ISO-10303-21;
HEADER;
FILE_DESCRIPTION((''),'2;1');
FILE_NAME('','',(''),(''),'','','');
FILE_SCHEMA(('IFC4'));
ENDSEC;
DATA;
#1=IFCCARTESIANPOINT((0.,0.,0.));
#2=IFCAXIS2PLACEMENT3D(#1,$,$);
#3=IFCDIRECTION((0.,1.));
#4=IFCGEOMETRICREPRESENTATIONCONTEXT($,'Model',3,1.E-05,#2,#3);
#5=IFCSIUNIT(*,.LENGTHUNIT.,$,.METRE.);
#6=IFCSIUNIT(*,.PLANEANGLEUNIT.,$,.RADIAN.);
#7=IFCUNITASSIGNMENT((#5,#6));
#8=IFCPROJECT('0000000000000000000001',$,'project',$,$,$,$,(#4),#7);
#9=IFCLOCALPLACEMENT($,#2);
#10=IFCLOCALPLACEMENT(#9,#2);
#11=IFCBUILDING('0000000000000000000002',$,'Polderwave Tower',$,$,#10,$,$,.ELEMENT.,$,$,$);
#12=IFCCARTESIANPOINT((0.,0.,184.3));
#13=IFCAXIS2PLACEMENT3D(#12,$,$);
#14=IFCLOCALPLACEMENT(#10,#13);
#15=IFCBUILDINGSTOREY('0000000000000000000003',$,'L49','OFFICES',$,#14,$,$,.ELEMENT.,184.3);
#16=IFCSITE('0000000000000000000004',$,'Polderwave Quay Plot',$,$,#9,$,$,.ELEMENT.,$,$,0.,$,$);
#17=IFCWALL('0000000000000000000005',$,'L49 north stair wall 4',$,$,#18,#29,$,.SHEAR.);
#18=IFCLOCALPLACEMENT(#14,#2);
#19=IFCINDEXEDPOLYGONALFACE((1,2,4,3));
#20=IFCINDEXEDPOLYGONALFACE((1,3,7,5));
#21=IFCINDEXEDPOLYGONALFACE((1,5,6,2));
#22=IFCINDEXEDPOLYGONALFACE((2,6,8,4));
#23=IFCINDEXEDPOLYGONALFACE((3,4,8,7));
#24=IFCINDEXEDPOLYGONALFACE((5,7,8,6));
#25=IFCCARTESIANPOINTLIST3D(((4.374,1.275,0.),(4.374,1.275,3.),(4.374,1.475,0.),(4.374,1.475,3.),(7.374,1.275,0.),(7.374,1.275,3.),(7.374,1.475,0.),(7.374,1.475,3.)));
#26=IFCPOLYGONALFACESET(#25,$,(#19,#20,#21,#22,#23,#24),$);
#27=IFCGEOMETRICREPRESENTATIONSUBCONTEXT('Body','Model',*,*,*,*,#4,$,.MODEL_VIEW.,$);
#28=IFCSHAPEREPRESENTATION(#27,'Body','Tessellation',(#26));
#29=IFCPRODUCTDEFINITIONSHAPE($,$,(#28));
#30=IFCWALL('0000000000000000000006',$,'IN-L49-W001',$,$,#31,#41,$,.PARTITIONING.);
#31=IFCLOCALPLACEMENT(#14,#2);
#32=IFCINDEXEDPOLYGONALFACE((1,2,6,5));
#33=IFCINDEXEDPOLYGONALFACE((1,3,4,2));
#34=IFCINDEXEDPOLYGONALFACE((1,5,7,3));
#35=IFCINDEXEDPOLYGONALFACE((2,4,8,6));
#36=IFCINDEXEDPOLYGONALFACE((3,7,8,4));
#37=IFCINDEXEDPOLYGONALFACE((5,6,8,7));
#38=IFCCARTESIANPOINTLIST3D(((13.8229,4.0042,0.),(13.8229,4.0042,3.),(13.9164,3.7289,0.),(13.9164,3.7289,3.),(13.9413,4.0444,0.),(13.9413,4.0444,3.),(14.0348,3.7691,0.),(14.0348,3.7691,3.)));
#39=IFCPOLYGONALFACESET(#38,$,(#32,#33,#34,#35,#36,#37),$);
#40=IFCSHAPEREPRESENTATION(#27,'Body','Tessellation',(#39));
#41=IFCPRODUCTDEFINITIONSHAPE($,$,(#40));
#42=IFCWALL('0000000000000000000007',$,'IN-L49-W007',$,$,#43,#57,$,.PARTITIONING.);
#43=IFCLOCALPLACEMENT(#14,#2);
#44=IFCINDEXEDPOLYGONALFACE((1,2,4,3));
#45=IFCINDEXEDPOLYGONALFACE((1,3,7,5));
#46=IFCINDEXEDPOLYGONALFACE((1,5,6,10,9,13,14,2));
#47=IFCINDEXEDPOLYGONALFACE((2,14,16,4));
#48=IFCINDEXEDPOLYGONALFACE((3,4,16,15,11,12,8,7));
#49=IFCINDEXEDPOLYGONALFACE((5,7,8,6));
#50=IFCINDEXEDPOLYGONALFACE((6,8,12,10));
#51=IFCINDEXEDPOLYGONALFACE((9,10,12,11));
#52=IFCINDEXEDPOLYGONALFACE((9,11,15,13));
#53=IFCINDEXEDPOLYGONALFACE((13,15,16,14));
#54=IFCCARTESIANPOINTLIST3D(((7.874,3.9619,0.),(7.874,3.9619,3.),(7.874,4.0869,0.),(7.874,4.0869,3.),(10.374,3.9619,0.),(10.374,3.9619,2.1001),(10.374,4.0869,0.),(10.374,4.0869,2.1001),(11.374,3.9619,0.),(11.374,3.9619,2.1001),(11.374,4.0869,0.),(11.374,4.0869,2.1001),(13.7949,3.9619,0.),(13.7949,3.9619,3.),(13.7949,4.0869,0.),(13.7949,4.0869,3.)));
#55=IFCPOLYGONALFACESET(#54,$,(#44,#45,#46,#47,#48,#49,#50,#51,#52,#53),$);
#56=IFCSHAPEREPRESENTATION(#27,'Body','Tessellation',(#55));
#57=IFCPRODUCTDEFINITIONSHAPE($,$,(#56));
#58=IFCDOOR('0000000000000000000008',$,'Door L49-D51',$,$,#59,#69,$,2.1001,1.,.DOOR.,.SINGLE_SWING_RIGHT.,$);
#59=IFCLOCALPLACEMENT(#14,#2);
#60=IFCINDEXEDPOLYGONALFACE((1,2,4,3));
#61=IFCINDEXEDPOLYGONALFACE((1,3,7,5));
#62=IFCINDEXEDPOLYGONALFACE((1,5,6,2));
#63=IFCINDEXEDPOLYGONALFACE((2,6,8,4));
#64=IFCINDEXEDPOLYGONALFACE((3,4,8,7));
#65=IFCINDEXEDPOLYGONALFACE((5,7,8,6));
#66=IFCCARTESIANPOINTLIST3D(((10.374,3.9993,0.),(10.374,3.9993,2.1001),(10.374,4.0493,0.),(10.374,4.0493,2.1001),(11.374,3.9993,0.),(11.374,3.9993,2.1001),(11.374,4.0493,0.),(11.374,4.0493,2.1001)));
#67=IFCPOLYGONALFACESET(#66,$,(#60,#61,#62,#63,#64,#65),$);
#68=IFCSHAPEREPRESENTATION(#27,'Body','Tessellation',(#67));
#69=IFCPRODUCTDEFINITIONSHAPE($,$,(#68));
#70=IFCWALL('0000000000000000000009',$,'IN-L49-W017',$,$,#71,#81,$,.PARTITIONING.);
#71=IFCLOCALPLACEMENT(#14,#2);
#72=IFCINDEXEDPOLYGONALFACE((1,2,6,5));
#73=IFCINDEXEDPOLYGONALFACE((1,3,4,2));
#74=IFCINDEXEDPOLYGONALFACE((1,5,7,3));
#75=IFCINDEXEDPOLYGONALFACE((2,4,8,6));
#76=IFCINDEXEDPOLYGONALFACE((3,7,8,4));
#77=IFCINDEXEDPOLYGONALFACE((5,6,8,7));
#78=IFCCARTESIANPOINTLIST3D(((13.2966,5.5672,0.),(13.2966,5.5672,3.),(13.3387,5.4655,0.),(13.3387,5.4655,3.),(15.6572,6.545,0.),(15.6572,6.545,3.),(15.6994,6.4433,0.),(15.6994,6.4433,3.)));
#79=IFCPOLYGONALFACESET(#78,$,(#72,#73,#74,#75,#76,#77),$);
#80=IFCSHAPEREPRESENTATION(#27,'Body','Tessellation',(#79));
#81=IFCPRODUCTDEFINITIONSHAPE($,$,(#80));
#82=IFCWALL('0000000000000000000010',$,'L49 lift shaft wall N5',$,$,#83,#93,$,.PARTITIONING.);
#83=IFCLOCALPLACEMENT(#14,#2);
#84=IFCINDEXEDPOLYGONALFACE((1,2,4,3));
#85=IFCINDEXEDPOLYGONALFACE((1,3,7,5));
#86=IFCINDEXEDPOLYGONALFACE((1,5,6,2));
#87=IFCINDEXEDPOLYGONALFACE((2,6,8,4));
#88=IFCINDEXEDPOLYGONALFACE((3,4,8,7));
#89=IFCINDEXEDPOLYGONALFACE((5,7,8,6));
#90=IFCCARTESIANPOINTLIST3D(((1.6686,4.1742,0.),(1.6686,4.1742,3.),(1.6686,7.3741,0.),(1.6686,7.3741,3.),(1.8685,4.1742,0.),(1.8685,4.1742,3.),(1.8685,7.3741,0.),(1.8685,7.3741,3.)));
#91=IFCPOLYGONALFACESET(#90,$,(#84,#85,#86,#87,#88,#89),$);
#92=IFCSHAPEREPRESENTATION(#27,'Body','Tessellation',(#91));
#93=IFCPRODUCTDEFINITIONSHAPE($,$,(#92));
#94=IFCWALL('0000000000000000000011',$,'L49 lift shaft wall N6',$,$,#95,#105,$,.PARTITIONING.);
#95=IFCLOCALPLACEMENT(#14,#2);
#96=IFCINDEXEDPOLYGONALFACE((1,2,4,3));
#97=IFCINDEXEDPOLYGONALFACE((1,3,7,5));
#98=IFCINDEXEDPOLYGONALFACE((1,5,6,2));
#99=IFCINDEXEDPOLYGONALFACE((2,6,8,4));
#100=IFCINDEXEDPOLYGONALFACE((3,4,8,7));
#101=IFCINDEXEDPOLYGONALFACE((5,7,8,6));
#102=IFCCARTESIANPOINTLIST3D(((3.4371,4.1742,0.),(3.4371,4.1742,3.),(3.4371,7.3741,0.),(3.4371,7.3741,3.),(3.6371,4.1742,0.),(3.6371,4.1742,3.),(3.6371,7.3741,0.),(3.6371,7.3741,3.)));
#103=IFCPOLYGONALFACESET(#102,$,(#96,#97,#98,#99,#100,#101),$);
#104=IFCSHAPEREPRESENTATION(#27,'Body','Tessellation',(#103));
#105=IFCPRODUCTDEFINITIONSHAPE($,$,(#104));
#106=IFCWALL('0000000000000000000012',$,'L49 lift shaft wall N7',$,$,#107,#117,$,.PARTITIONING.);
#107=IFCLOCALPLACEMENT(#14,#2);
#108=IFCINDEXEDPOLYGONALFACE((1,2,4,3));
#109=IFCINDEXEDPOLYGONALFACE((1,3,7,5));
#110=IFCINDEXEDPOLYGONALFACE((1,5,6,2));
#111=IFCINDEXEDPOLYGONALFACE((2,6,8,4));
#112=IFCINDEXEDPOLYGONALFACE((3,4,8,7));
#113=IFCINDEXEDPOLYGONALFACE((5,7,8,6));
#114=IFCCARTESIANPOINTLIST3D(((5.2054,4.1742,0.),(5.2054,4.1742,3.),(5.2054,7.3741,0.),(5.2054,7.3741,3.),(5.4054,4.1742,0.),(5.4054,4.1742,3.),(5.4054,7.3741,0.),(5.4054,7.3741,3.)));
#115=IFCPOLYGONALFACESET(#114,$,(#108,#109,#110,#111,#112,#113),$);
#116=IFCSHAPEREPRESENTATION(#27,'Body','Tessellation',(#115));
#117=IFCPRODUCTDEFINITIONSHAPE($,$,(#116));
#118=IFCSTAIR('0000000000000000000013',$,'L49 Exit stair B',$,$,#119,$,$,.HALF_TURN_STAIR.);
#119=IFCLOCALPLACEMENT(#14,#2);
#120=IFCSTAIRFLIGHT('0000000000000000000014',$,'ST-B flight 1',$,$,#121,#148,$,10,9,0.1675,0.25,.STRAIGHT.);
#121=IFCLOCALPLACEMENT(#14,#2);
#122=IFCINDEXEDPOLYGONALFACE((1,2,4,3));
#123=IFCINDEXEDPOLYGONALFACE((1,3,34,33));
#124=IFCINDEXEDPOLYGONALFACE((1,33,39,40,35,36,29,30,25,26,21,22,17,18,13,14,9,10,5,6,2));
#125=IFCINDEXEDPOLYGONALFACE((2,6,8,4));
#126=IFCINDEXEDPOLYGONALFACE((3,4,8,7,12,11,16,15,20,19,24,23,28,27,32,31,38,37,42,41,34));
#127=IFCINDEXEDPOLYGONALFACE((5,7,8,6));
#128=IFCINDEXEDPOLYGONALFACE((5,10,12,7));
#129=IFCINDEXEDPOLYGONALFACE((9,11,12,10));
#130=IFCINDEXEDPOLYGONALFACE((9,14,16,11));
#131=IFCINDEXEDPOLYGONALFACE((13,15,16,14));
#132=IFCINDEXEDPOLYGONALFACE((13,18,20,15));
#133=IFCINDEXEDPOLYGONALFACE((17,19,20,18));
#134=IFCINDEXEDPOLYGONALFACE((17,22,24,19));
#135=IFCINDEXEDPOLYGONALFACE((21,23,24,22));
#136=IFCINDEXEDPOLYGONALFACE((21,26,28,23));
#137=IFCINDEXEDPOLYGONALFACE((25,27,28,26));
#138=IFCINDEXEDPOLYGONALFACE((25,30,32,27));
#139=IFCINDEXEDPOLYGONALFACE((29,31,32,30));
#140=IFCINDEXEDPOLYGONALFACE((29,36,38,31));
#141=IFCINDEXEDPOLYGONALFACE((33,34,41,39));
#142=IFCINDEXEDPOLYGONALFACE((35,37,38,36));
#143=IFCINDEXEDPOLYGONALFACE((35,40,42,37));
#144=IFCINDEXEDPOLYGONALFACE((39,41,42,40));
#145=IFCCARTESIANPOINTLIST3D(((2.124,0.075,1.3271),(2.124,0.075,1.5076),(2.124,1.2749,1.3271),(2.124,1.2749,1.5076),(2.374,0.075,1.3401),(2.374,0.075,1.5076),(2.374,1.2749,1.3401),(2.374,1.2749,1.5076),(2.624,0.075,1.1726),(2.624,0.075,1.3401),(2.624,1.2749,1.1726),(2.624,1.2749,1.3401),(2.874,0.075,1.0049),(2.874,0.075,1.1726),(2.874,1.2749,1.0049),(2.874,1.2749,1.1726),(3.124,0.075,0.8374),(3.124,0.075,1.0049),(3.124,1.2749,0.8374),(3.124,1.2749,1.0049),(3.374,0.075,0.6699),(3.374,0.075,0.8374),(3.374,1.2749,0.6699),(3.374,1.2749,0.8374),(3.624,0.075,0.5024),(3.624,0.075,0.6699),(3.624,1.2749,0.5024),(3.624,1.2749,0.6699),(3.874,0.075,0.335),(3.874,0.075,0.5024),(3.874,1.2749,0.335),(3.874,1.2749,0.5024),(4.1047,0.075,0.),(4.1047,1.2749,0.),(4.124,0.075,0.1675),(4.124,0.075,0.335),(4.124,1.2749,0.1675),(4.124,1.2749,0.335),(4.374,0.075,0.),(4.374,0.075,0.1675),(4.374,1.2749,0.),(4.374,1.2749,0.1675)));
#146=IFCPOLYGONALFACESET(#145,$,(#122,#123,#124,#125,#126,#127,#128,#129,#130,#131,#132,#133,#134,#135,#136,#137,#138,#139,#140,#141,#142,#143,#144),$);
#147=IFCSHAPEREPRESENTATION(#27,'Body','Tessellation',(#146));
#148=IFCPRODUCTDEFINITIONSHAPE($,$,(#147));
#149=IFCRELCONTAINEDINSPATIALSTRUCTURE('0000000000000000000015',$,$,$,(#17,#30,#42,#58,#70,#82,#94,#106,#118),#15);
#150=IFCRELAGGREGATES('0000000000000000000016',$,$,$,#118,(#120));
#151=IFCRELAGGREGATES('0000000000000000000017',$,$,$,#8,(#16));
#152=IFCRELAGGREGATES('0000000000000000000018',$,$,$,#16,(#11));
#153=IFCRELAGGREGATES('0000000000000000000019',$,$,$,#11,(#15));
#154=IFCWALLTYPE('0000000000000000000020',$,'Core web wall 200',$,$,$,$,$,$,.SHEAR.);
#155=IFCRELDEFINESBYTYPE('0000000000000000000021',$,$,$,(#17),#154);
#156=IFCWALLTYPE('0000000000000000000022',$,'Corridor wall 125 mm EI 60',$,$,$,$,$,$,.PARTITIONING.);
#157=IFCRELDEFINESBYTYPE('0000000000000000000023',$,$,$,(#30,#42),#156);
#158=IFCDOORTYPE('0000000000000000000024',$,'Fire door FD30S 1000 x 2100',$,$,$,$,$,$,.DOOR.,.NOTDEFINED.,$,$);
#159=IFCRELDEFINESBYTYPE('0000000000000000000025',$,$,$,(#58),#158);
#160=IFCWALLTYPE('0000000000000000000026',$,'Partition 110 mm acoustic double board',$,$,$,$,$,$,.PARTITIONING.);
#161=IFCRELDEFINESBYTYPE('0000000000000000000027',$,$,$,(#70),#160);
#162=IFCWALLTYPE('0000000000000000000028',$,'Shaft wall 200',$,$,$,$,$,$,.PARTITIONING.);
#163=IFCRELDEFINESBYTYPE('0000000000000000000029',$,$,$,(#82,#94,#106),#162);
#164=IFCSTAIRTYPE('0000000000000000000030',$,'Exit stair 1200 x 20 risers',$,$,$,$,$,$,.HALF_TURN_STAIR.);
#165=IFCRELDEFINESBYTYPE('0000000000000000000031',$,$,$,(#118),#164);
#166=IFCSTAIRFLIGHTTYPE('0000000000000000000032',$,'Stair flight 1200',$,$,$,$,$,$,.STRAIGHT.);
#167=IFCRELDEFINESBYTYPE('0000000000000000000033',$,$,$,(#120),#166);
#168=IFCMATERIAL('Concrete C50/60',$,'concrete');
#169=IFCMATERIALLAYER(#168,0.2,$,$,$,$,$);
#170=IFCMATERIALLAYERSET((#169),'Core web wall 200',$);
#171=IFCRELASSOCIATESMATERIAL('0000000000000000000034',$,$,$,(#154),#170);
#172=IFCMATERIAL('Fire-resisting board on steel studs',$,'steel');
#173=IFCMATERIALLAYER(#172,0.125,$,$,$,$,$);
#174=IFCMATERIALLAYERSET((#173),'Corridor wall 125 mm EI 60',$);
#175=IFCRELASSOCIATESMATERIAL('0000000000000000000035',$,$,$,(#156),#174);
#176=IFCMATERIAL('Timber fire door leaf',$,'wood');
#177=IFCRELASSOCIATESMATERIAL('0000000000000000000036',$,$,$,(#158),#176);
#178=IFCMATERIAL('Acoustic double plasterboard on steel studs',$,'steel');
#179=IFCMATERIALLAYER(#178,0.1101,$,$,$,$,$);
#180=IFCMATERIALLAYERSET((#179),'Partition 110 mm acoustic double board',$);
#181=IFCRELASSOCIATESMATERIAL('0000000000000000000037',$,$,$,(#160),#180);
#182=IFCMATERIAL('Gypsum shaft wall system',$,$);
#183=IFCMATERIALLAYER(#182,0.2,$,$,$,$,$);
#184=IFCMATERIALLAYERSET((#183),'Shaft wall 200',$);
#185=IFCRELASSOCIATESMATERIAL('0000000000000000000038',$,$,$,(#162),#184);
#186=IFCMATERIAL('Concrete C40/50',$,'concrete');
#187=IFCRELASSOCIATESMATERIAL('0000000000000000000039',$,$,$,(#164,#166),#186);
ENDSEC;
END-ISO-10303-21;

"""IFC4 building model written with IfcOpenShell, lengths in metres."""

from ifc_helpers import new_model, si_unit, direction, frame, frame_2d, origin, place, context, subcontext, project, spatial, polyline, rectangle, outline, extrude, material, layer, layer_set, type_object, element, fill, aggregate, save


model = new_model("IFC4")

# Units and contexts
model_context = context("Model", 3, precision=1e-05, world=origin(), true_north=direction((0.0, 1.0)))
body_context = subcontext(model_context, "Body", "Model", "MODEL_VIEW")
ifc_project = project(units=[si_unit("LENGTHUNIT", "METRE"), si_unit("PLANEANGLEUNIT", "RADIAN")], contexts=[model_context])

# Site, building, storey
site_placement = place(None, origin())
site = spatial("IfcSite", under=ifc_project, at=site_placement, Name="Polderwave Quay Plot", CompositionType="ELEMENT", RefElevation=0.0)
building_placement = place(site_placement, origin())
building = spatial("IfcBuilding", under=site, at=building_placement, Name="Polderwave Tower", CompositionType="ELEMENT")
storey_placement = place(building_placement, frame((0.0, 0.0, 184.3)))
storey = spatial("IfcBuildingStorey", under=building, at=storey_placement, Name="L49", Description="OFFICES", CompositionType="ELEMENT", Elevation=184.3)

# Walls
ifc_material_1 = material(Name="Concrete C50/60", Category="concrete")
ifc_layer_1 = layer(ifc_material_1, 0.2)
ifc_layer_set_1 = layer_set([ifc_layer_1], Name="Core web wall 200")
wall_type_1 = type_object("IfcWallType", Name="Core web wall 200", PredefinedType="SHEAR", material=ifc_layer_set_1)
wall_1_placement = place(storey_placement, frame((4.374, 1.375, 0.0), z_axis=(0.0, 0.0, 1.0), x_axis=(1.0, 0.0, 0.0)))
element("IfcWall", 1, at=wall_1_placement, inside=storey, type_object=wall_type_1, Name="L49 north stair wall 4", PredefinedType="SHEAR", context=body_context, shape_type="SweptSolid", body=[
    extrude(rectangle(XDim=3.0, YDim=0.2, at=frame_2d((1.5, 0.0))), origin(), (0.0, 0.0, 1.0), 3.0),
])
ifc_material_2 = material(Name="Fire-resisting board on steel studs", Category="steel")
ifc_layer_2 = layer(ifc_material_2, 0.125)
ifc_layer_set_2 = layer_set([ifc_layer_2], Name="Corridor wall 125 mm EI 60")
wall_type_2 = type_object("IfcWallType", Name="Corridor wall 125 mm EI 60", PredefinedType="PARTITIONING", material=ifc_layer_set_2)
wall_2_placement = place(storey_placement, frame((13.8821, 4.0244, 0.0), z_axis=(0.0, 0.0, 1.0), x_axis=(0.321511, -0.946906, 0.0)))
element("IfcWall", 2, at=wall_2_placement, inside=storey, type_object=wall_type_2, Name="IN-L49-W001", PredefinedType="PARTITIONING", context=body_context, shape_type="SweptSolid", body=[
    extrude(rectangle(XDim=0.2908, YDim=0.125, at=frame_2d((0.1455, 0.0))), origin(), (0.0, 0.0, 1.0), 3.0),
])

# Wall, opening, door
wall_3_placement = place(storey_placement, frame((7.874, 4.0244, 0.0), z_axis=(0.0, 0.0, 1.0), x_axis=(1.0, 0.0, 0.0)))
wall_3 = element("IfcWall", 3, at=wall_3_placement, inside=storey, type_object=wall_type_2, Name="IN-L49-W007", PredefinedType="PARTITIONING", context=body_context, shape_type="SweptSolid", body=[
    extrude(rectangle(XDim=5.9209, YDim=0.125, at=frame_2d((2.9604, 0.0))), origin(), (0.0, 0.0, 1.0), 3.0),
])
opening_placement = place(wall_3_placement, frame((2.5, 0.0, 0.0)))
opening = element("IfcOpeningElement", 4, at=opening_placement, cuts=wall_3, PredefinedType="OPENING", context=body_context, shape_type="SweptSolid", body=[
    extrude(rectangle(XDim=1.0, YDim=2.1001, at=frame_2d((0.5, 1.05))), frame((0.0, 0.0725, 0.0), z_axis=(0.0, -1.0, 0.0), x_axis=(1.0, 0.0, 0.0)), (0.0, 0.0, 1.0), 0.145),
])
ifc_material_3 = material(Name="Timber fire door leaf", Category="wood")
door_type = type_object("IfcDoorType", Name="Fire door FD30S 1000 x 2100", OperationType="NOTDEFINED", PredefinedType="DOOR", material=ifc_material_3)
door_placement = place(opening_placement, origin())
door = element("IfcDoor", 5, at=door_placement, inside=storey, type_object=door_type, Name="Door L49-D51", OperationType="SINGLE_SWING_RIGHT", OverallHeight=2.1001, OverallWidth=1.0, PredefinedType="DOOR", context=body_context, shape_type="SweptSolid", body=[
    extrude(rectangle(XDim=1.0, YDim=2.1001, at=frame_2d((0.5, 1.05))), frame((0.0, 0.0249, 0.0), z_axis=(0.0, -1.0, 0.0), x_axis=(1.0, 0.0, 0.0)), (0.0, 0.0, 1.0), 0.05),
])
fill(opening, door)

# Walls
ifc_material_4 = material(Name="Acoustic double plasterboard on steel studs", Category="steel")
ifc_layer_3 = layer(ifc_material_4, 0.1101)
ifc_layer_set_3 = layer_set([ifc_layer_3], Name="Partition 110 mm acoustic double board")
wall_type_3 = type_object("IfcWallType", Name="Partition 110 mm acoustic double board", PredefinedType="PARTITIONING", material=ifc_layer_set_3)
wall_4_placement = place(storey_placement, frame((13.3176, 5.5164, 0.0), z_axis=(0.0, 0.0, 1.0), x_axis=(0.923881, 0.382681, 0.0)))
element("IfcWall", 6, at=wall_4_placement, inside=storey, type_object=wall_type_3, Name="IN-L49-W017", PredefinedType="PARTITIONING", context=body_context, shape_type="SweptSolid", body=[
    extrude(rectangle(XDim=2.5552, YDim=0.1101, at=frame_2d((1.2776, 0.0))), origin(), (0.0, 0.0, 1.0), 3.0),
])
ifc_material_5 = material(Name="Gypsum shaft wall system")
ifc_layer_4 = layer(ifc_material_5, 0.2)
ifc_layer_set_4 = layer_set([ifc_layer_4], Name="Shaft wall 200")
wall_type_4 = type_object("IfcWallType", Name="Shaft wall 200", PredefinedType="PARTITIONING", material=ifc_layer_set_4)
for number, where, z_axis, x_axis, name in (
    (7, (1.7686, 4.1741, 0.0), (0.0, 0.0, 1.0), (0.0, 1.0, 0.0), "L49 lift shaft wall N5"),
    (8, (3.5371, 4.1741, 0.0), (0.0, 0.0, 1.0), (0.0, 1.0, 0.0), "L49 lift shaft wall N6"),
    (9, (5.3054, 4.1741, 0.0), (0.0, 0.0, 1.0), (0.0, 1.0, 0.0), "L49 lift shaft wall N7"),
):
    element("IfcWall", number, at=place(storey_placement, frame(where, z_axis=z_axis, x_axis=x_axis)), inside=storey, type_object=wall_type_4, Name=name, PredefinedType="PARTITIONING", context=body_context, shape_type="SweptSolid", body=[
        extrude(rectangle(XDim=3.2, YDim=0.2, at=frame_2d((1.6001, 0.0))), origin(), (0.0, 0.0, 1.0), 3.0),
    ])

# Stair, stair flight
ifc_material_6 = material(Name="Concrete C40/50", Category="concrete")
stair_type = type_object("IfcStairType", Name="Exit stair 1200 x 20 risers", PredefinedType="HALF_TURN_STAIR", material=ifc_material_6)
stair_placement = place(storey_placement, origin())
stair = element("IfcStair", 10, at=stair_placement, inside=storey, type_object=stair_type, Name="L49 Exit stair B", PredefinedType="HALF_TURN_STAIR")
stair_flight_type = type_object("IfcStairFlightType", Name="Stair flight 1200", PredefinedType="STRAIGHT", material=ifc_material_6)
stair_flight_placement = place(storey_placement, frame((4.374, 0.675, 0.0), z_axis=(0.0, 0.0, 1.0), x_axis=(-1.0, 0.0, 0.0)))
stair_flight = element("IfcStairFlight", 11, at=stair_flight_placement, type_object=stair_flight_type, Name="ST-B flight 1", NumberOfRisers=10, NumberOfTreads=9, PredefinedType="STRAIGHT", RiserHeight=0.1675, TreadLength=0.25, context=body_context, shape_type="SweptSolid", body=[
    extrude(outline(polyline([(0.0, 0.0), (0.0, 0.1675), (0.25, 0.1675), (0.25, 0.335), (0.5, 0.335), (0.5, 0.5024), (0.75, 0.5024), (0.75, 0.6699), (1.0, 0.6699), (1.0, 0.8374), (1.25, 0.8374), (1.25, 1.0049), (1.5, 1.0049), (1.5, 1.1726), (1.75, 1.1726), (1.75, 1.3401), (2.0, 1.3401), (2.0, 1.5076), (2.25, 1.5076), (2.25, 1.675), (2.25, 1.3271), (0.2693, 0.0), (0.0, 0.0)])), frame((0.0, 0.6001, 0.0), z_axis=(0.0, -1.0, 0.0), x_axis=(1.0, 0.0, 0.0)), (0.0, 0.0, 1.0), 1.2),
])
aggregate(stair, [stair_flight])

save(model, "model.ifc")
